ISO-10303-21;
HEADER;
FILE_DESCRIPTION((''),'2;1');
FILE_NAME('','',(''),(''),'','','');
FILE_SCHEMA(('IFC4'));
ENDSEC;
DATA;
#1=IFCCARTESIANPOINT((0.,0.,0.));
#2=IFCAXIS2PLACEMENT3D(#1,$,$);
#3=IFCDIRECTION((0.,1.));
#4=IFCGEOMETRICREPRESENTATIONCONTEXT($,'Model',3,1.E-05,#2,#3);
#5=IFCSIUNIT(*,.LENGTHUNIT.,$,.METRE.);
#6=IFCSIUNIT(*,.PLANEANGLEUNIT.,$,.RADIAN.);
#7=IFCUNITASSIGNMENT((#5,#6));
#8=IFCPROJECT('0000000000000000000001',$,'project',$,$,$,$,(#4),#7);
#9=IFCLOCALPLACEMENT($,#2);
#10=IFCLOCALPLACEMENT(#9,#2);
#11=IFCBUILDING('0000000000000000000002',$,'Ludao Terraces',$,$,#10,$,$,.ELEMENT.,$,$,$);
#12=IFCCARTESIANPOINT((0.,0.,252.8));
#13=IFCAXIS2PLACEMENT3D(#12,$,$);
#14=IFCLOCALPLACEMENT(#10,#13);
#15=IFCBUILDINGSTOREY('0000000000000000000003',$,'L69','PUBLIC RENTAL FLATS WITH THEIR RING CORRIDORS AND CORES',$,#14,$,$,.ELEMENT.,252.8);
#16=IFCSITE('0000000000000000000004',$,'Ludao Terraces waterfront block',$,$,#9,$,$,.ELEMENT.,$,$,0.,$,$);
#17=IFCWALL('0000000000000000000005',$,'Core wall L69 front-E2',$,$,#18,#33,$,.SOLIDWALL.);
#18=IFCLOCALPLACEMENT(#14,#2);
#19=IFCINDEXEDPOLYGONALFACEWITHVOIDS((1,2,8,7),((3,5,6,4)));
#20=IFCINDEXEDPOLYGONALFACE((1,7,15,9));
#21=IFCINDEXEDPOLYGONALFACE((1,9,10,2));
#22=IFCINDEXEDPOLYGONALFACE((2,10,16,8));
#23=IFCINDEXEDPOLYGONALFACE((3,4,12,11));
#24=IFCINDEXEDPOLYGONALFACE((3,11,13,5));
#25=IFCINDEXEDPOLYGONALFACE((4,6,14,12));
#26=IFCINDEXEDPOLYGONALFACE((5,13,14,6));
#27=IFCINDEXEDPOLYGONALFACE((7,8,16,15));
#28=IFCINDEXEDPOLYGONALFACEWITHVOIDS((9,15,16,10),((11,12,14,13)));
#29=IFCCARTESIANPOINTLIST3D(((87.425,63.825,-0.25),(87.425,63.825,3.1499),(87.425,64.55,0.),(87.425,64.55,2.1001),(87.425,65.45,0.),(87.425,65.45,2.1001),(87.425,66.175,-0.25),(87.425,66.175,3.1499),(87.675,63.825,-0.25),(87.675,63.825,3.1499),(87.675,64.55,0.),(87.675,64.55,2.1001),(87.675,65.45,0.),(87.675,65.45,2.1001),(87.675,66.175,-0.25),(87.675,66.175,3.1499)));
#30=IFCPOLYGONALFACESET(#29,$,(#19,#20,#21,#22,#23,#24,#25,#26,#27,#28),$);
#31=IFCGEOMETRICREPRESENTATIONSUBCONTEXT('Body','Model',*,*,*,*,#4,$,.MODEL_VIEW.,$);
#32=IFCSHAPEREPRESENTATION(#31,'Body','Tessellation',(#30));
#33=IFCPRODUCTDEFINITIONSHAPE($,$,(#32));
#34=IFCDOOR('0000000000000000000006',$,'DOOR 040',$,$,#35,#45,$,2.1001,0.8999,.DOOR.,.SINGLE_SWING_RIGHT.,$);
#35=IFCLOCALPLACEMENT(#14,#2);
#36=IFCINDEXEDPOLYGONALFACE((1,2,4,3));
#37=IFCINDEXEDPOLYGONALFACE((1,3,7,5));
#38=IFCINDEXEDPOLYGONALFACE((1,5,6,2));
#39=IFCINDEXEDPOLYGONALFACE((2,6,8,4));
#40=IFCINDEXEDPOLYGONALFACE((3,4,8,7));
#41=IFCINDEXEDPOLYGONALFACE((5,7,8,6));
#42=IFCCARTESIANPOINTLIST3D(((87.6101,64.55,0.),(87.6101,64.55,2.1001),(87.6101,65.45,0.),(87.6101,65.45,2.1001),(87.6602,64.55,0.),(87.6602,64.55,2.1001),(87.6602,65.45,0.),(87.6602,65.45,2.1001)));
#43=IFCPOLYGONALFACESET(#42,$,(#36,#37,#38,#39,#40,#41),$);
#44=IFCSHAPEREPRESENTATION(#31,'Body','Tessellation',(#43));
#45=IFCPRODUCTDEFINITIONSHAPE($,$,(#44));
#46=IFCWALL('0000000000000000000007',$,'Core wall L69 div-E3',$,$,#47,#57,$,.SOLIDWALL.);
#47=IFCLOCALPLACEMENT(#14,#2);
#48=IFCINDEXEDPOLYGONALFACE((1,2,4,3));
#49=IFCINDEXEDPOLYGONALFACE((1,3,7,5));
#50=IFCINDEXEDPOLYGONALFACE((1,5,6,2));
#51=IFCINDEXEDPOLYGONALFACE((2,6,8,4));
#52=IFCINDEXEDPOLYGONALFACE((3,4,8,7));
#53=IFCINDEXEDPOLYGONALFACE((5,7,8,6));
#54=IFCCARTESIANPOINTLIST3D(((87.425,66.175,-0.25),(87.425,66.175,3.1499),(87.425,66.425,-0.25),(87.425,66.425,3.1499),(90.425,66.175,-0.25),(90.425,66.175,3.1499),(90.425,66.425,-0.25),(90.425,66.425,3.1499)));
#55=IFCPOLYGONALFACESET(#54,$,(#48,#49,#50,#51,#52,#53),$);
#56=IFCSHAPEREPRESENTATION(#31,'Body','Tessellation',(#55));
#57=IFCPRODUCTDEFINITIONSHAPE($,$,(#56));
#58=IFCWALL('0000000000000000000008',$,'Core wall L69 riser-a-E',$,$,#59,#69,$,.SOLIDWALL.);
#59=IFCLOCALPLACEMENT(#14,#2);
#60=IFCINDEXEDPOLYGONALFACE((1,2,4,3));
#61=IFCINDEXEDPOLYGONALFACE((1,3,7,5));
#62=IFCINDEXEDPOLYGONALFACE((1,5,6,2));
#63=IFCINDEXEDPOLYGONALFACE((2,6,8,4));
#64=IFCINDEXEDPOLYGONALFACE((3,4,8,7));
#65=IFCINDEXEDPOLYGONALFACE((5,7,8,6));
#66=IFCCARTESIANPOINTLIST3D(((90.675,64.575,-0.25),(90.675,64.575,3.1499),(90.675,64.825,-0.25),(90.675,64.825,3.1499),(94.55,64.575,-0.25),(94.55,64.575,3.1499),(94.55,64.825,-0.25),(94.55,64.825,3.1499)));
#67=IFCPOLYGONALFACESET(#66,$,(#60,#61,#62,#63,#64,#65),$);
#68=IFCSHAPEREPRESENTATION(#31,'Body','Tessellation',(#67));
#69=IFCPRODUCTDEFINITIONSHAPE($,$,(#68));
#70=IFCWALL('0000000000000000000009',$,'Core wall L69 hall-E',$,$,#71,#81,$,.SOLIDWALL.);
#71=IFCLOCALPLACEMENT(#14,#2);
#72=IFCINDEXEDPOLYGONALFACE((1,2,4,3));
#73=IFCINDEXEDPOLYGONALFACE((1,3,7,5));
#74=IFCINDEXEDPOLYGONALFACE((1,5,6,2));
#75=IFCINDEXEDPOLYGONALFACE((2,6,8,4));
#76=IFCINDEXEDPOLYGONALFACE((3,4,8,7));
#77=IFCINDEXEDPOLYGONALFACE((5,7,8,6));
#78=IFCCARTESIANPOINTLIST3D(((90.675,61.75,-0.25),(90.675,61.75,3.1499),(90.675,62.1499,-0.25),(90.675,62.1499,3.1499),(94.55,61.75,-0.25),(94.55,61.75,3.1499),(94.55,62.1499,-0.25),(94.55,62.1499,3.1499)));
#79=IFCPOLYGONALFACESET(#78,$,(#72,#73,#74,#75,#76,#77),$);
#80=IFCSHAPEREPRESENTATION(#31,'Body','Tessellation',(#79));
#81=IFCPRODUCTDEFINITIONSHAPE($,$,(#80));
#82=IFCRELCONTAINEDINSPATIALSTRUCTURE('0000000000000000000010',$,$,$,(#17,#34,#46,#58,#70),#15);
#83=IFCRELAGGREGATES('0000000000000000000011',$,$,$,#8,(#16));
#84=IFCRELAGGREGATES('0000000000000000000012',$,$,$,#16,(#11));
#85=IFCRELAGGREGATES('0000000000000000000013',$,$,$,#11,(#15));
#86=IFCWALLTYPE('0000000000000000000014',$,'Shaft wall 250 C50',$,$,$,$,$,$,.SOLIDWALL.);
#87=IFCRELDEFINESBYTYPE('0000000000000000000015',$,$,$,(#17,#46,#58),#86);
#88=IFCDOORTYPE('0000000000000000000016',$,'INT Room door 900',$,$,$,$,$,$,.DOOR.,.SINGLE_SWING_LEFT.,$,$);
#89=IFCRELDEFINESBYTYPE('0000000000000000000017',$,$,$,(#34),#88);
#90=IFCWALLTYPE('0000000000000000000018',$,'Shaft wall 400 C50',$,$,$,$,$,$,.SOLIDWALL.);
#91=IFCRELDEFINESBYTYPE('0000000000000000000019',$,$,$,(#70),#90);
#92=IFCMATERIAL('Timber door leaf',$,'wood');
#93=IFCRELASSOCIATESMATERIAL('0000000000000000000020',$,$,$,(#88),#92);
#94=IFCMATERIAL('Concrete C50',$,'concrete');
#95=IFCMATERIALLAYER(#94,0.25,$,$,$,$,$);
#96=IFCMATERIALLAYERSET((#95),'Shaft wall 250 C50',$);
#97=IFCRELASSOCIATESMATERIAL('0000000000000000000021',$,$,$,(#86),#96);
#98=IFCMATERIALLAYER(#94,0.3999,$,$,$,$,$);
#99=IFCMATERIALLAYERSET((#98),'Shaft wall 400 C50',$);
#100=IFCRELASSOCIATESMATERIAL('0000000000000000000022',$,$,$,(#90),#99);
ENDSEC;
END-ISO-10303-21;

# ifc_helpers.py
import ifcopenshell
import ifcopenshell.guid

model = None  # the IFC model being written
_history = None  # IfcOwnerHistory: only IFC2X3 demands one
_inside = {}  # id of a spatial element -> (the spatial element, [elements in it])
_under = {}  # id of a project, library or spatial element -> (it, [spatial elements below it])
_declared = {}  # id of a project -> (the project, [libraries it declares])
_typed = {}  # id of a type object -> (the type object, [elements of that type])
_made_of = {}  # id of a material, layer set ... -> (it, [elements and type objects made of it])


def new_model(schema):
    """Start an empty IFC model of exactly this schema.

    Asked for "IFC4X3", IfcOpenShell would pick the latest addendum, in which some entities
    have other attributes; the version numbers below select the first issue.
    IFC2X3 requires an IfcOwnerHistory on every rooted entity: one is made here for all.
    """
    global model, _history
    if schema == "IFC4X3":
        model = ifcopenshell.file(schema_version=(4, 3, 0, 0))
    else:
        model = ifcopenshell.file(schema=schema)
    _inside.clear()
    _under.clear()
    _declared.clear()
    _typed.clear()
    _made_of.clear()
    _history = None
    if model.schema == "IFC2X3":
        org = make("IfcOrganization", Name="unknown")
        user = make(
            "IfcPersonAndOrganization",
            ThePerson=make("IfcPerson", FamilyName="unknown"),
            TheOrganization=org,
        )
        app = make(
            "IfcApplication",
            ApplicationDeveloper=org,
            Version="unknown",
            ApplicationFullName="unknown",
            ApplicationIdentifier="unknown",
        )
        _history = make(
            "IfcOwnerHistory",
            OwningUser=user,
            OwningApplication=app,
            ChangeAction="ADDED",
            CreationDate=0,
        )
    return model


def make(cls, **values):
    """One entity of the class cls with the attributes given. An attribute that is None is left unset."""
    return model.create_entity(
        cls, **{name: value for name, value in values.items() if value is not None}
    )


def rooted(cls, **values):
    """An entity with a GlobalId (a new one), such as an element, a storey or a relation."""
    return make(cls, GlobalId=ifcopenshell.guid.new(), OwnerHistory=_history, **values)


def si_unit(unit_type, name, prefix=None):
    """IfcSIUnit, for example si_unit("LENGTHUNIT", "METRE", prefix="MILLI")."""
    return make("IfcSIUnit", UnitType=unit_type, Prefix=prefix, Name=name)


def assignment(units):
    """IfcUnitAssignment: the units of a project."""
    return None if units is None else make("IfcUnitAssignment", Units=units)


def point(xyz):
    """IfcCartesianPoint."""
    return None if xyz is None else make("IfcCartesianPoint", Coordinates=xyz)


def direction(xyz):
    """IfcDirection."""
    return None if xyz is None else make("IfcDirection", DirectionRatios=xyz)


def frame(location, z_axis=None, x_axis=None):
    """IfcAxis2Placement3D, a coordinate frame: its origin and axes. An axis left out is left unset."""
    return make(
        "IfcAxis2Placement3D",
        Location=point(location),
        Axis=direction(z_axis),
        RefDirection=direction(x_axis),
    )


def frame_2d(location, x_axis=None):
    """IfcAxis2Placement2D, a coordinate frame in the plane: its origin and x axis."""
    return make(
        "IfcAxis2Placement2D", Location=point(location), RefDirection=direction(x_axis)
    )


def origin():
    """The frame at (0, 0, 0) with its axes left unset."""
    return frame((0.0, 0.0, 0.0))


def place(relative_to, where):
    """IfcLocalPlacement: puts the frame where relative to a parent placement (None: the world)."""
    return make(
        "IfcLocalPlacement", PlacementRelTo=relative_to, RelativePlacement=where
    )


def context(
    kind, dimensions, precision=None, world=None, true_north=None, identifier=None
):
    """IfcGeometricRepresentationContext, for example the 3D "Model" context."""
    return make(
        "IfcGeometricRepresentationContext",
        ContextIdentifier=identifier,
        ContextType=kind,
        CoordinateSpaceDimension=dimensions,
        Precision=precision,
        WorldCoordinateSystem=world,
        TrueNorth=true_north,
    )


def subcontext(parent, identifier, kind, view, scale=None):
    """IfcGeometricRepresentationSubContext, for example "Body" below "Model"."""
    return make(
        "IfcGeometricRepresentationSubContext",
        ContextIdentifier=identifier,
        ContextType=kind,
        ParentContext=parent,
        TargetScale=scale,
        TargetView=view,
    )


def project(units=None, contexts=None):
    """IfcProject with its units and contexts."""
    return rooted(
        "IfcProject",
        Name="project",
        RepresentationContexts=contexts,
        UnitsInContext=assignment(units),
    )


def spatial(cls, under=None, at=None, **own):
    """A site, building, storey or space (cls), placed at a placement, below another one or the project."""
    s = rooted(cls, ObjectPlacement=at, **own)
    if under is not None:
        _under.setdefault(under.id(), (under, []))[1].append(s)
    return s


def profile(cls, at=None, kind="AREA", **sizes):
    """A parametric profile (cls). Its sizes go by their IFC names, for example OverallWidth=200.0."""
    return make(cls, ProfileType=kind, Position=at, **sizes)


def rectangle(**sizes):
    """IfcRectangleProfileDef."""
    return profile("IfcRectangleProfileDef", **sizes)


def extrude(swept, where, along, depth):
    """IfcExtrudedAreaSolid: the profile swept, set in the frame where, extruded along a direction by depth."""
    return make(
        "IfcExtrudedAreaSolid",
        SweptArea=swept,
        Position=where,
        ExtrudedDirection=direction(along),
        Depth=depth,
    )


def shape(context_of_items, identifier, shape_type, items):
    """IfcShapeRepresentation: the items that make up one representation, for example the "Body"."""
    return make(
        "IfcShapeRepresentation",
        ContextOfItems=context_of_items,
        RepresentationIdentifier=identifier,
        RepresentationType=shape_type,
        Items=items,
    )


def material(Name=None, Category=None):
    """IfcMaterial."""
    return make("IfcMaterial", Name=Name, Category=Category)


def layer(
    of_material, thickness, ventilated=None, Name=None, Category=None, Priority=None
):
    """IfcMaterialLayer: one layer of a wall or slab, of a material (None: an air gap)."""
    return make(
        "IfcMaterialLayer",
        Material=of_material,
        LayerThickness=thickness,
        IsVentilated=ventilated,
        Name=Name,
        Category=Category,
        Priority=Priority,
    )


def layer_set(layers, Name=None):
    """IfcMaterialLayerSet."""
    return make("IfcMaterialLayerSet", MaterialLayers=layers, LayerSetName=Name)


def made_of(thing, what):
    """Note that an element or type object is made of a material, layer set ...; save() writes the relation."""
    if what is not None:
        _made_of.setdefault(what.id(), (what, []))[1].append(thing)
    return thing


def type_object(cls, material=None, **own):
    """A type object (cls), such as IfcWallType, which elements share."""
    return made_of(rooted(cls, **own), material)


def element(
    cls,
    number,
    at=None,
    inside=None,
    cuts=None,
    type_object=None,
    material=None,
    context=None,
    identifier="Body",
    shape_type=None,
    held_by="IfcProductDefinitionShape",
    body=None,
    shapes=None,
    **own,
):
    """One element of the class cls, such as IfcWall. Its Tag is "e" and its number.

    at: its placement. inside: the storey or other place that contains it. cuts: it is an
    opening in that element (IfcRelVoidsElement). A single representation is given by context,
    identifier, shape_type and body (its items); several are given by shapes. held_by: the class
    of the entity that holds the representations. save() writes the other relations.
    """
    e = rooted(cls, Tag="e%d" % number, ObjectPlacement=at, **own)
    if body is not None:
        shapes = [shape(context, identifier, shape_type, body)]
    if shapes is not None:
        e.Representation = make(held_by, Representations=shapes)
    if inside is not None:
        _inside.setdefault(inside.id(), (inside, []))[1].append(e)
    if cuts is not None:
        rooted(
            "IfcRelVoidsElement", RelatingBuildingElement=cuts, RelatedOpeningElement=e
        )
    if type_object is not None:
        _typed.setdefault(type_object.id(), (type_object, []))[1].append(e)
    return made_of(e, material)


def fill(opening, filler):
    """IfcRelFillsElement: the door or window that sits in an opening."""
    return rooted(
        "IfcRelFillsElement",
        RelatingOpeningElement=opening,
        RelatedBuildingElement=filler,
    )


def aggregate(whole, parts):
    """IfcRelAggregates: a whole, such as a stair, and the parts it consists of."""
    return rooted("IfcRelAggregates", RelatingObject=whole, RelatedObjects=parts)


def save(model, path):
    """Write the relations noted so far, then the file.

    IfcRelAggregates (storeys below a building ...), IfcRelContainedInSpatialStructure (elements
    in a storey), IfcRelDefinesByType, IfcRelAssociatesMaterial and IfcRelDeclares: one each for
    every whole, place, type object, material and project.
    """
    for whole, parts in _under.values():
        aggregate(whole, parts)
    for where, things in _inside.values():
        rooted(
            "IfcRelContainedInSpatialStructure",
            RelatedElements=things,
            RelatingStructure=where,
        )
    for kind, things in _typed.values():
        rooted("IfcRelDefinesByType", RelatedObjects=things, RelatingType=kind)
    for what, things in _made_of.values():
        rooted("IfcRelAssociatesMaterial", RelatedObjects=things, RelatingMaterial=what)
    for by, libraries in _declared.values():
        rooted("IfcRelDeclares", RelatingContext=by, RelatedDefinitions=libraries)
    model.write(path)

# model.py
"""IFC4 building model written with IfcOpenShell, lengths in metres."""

from ifc_helpers import new_model, si_unit, direction, frame, frame_2d, origin, place, context, subcontext, project, spatial, rectangle, extrude, material, layer, layer_set, type_object, element, fill, save


model = new_model("IFC4")

# Units and contexts
model_context = context("Model", 3, precision=1e-05, world=origin(), true_north=direction((0.0, 1.0)))
body_context = subcontext(model_context, "Body", "Model", "MODEL_VIEW")
ifc_project = project(units=[si_unit("LENGTHUNIT", "METRE"), si_unit("PLANEANGLEUNIT", "RADIAN")], contexts=[model_context])

# Site, building, storey
site_placement = place(None, origin())
site = spatial("IfcSite", under=ifc_project, at=site_placement, Name="Ludao Terraces waterfront block", CompositionType="ELEMENT", RefElevation=0.0)
building_placement = place(site_placement, origin())
building = spatial("IfcBuilding", under=site, at=building_placement, Name="Ludao Terraces", CompositionType="ELEMENT")
storey_placement = place(building_placement, frame((0.0, 0.0, 252.8)))
storey = spatial("IfcBuildingStorey", under=building, at=storey_placement, Name="L69", Description="PUBLIC RENTAL FLATS WITH THEIR RING CORRIDORS AND CORES", CompositionType="ELEMENT", Elevation=252.8)

# Shared definitions
ifc_material_1 = material(Name="Concrete C50", Category="concrete")
ifc_material_2 = material(Name="Timber door leaf", Category="wood")
door_type_1 = type_object("IfcDoorType", Name="INT Room door 900", OperationType="SINGLE_SWING_LEFT", PredefinedType="DOOR", material=ifc_material_2)

# Shared definitions
ifc_layer_1 = layer(ifc_material_1, 0.25)
ifc_layer_set_1 = layer_set([ifc_layer_1], Name="Shaft wall 250 C50")
wall_type_1 = type_object("IfcWallType", Name="Shaft wall 250 C50", PredefinedType="SOLIDWALL", material=ifc_layer_set_1)

# Wall, opening, door
wall_1_placement = place(storey_placement, frame((87.55, 63.825, -0.25), z_axis=(0.0, 0.0, 1.0), x_axis=(0.0, 1.0, 0.0)))
wall_1 = element("IfcWall", 1, at=wall_1_placement, inside=storey, type_object=wall_type_1, Name="Core wall L69 front-E2", PredefinedType="SOLIDWALL", context=body_context, shape_type="SweptSolid", body=[
    extrude(rectangle(XDim=2.3501, YDim=0.25, at=frame_2d((1.175, 0.0))), origin(), (0.0, 0.0, 1.0), 3.3999),
])
opening_1_placement = place(wall_1_placement, frame((0.7251, 0.0, 0.25)))
opening_1 = element("IfcOpeningElement", 2, at=opening_1_placement, cuts=wall_1, PredefinedType="OPENING", context=body_context, shape_type="SweptSolid", body=[
    extrude(rectangle(XDim=0.8999, YDim=2.1001, at=frame_2d((0.45, 1.05))), frame((0.0, 0.135, 0.0), z_axis=(0.0, -1.0, 0.0), x_axis=(1.0, 0.0, 0.0)), (0.0, 0.0, 1.0), 0.27),
])
door_1_placement = place(opening_1_placement, origin())
door_1 = element("IfcDoor", 3, at=door_1_placement, inside=storey, type_object=door_type_1, Name="DOOR 040", OperationType="SINGLE_SWING_RIGHT", OverallHeight=2.1001, OverallWidth=0.8999, PredefinedType="DOOR", context=body_context, shape_type="SweptSolid", body=[
    extrude(rectangle(XDim=0.8999, YDim=2.1001, at=frame_2d((0.45, 1.05))), frame((0.0, -0.0601, 0.0), z_axis=(0.0, -1.0, 0.0), x_axis=(1.0, 0.0, 0.0)), (0.0, 0.0, 1.0), 0.05),
])
fill(opening_1, door_1)

# Walls
wall_2_placement = place(storey_placement, frame((87.425, 66.3, -0.25), z_axis=(0.0, 0.0, 1.0), x_axis=(1.0, 0.0, 0.0)))
element("IfcWall", 4, at=wall_2_placement, inside=storey, type_object=wall_type_1, Name="Core wall L69 div-E3", PredefinedType="SOLIDWALL", context=body_context, shape_type="SweptSolid", body=[
    extrude(rectangle(XDim=3.0, YDim=0.25, at=frame_2d((1.5, 0.0))), origin(), (0.0, 0.0, 1.0), 3.3999),
])
wall_3_placement = place(storey_placement, frame((90.675, 64.7, -0.25), z_axis=(0.0, 0.0, 1.0), x_axis=(1.0, 0.0, 0.0)))
element("IfcWall", 5, at=wall_3_placement, inside=storey, type_object=wall_type_1, Name="Core wall L69 riser-a-E", PredefinedType="SOLIDWALL", context=body_context, shape_type="SweptSolid", body=[
    extrude(rectangle(XDim=3.875, YDim=0.25, at=frame_2d((1.9375, 0.0))), origin(), (0.0, 0.0, 1.0), 3.3999),
])
ifc_layer_2 = layer(ifc_material_1, 0.3999)
ifc_layer_set_2 = layer_set([ifc_layer_2], Name="Shaft wall 400 C50")
wall_type_2 = type_object("IfcWallType", Name="Shaft wall 400 C50", PredefinedType="SOLIDWALL", material=ifc_layer_set_2)
wall_4_placement = place(storey_placement, frame((90.675, 61.95, -0.25), z_axis=(0.0, 0.0, 1.0), x_axis=(1.0, 0.0, 0.0)))
element("IfcWall", 6, at=wall_4_placement, inside=storey, type_object=wall_type_2, Name="Core wall L69 hall-E", PredefinedType="SOLIDWALL", context=body_context, shape_type="SweptSolid", body=[
    extrude(rectangle(XDim=3.875, YDim=0.3999, at=frame_2d((1.9375, 0.0))), origin(), (0.0, 0.0, 1.0), 3.3999),
])

save(model, "model.ifc")
